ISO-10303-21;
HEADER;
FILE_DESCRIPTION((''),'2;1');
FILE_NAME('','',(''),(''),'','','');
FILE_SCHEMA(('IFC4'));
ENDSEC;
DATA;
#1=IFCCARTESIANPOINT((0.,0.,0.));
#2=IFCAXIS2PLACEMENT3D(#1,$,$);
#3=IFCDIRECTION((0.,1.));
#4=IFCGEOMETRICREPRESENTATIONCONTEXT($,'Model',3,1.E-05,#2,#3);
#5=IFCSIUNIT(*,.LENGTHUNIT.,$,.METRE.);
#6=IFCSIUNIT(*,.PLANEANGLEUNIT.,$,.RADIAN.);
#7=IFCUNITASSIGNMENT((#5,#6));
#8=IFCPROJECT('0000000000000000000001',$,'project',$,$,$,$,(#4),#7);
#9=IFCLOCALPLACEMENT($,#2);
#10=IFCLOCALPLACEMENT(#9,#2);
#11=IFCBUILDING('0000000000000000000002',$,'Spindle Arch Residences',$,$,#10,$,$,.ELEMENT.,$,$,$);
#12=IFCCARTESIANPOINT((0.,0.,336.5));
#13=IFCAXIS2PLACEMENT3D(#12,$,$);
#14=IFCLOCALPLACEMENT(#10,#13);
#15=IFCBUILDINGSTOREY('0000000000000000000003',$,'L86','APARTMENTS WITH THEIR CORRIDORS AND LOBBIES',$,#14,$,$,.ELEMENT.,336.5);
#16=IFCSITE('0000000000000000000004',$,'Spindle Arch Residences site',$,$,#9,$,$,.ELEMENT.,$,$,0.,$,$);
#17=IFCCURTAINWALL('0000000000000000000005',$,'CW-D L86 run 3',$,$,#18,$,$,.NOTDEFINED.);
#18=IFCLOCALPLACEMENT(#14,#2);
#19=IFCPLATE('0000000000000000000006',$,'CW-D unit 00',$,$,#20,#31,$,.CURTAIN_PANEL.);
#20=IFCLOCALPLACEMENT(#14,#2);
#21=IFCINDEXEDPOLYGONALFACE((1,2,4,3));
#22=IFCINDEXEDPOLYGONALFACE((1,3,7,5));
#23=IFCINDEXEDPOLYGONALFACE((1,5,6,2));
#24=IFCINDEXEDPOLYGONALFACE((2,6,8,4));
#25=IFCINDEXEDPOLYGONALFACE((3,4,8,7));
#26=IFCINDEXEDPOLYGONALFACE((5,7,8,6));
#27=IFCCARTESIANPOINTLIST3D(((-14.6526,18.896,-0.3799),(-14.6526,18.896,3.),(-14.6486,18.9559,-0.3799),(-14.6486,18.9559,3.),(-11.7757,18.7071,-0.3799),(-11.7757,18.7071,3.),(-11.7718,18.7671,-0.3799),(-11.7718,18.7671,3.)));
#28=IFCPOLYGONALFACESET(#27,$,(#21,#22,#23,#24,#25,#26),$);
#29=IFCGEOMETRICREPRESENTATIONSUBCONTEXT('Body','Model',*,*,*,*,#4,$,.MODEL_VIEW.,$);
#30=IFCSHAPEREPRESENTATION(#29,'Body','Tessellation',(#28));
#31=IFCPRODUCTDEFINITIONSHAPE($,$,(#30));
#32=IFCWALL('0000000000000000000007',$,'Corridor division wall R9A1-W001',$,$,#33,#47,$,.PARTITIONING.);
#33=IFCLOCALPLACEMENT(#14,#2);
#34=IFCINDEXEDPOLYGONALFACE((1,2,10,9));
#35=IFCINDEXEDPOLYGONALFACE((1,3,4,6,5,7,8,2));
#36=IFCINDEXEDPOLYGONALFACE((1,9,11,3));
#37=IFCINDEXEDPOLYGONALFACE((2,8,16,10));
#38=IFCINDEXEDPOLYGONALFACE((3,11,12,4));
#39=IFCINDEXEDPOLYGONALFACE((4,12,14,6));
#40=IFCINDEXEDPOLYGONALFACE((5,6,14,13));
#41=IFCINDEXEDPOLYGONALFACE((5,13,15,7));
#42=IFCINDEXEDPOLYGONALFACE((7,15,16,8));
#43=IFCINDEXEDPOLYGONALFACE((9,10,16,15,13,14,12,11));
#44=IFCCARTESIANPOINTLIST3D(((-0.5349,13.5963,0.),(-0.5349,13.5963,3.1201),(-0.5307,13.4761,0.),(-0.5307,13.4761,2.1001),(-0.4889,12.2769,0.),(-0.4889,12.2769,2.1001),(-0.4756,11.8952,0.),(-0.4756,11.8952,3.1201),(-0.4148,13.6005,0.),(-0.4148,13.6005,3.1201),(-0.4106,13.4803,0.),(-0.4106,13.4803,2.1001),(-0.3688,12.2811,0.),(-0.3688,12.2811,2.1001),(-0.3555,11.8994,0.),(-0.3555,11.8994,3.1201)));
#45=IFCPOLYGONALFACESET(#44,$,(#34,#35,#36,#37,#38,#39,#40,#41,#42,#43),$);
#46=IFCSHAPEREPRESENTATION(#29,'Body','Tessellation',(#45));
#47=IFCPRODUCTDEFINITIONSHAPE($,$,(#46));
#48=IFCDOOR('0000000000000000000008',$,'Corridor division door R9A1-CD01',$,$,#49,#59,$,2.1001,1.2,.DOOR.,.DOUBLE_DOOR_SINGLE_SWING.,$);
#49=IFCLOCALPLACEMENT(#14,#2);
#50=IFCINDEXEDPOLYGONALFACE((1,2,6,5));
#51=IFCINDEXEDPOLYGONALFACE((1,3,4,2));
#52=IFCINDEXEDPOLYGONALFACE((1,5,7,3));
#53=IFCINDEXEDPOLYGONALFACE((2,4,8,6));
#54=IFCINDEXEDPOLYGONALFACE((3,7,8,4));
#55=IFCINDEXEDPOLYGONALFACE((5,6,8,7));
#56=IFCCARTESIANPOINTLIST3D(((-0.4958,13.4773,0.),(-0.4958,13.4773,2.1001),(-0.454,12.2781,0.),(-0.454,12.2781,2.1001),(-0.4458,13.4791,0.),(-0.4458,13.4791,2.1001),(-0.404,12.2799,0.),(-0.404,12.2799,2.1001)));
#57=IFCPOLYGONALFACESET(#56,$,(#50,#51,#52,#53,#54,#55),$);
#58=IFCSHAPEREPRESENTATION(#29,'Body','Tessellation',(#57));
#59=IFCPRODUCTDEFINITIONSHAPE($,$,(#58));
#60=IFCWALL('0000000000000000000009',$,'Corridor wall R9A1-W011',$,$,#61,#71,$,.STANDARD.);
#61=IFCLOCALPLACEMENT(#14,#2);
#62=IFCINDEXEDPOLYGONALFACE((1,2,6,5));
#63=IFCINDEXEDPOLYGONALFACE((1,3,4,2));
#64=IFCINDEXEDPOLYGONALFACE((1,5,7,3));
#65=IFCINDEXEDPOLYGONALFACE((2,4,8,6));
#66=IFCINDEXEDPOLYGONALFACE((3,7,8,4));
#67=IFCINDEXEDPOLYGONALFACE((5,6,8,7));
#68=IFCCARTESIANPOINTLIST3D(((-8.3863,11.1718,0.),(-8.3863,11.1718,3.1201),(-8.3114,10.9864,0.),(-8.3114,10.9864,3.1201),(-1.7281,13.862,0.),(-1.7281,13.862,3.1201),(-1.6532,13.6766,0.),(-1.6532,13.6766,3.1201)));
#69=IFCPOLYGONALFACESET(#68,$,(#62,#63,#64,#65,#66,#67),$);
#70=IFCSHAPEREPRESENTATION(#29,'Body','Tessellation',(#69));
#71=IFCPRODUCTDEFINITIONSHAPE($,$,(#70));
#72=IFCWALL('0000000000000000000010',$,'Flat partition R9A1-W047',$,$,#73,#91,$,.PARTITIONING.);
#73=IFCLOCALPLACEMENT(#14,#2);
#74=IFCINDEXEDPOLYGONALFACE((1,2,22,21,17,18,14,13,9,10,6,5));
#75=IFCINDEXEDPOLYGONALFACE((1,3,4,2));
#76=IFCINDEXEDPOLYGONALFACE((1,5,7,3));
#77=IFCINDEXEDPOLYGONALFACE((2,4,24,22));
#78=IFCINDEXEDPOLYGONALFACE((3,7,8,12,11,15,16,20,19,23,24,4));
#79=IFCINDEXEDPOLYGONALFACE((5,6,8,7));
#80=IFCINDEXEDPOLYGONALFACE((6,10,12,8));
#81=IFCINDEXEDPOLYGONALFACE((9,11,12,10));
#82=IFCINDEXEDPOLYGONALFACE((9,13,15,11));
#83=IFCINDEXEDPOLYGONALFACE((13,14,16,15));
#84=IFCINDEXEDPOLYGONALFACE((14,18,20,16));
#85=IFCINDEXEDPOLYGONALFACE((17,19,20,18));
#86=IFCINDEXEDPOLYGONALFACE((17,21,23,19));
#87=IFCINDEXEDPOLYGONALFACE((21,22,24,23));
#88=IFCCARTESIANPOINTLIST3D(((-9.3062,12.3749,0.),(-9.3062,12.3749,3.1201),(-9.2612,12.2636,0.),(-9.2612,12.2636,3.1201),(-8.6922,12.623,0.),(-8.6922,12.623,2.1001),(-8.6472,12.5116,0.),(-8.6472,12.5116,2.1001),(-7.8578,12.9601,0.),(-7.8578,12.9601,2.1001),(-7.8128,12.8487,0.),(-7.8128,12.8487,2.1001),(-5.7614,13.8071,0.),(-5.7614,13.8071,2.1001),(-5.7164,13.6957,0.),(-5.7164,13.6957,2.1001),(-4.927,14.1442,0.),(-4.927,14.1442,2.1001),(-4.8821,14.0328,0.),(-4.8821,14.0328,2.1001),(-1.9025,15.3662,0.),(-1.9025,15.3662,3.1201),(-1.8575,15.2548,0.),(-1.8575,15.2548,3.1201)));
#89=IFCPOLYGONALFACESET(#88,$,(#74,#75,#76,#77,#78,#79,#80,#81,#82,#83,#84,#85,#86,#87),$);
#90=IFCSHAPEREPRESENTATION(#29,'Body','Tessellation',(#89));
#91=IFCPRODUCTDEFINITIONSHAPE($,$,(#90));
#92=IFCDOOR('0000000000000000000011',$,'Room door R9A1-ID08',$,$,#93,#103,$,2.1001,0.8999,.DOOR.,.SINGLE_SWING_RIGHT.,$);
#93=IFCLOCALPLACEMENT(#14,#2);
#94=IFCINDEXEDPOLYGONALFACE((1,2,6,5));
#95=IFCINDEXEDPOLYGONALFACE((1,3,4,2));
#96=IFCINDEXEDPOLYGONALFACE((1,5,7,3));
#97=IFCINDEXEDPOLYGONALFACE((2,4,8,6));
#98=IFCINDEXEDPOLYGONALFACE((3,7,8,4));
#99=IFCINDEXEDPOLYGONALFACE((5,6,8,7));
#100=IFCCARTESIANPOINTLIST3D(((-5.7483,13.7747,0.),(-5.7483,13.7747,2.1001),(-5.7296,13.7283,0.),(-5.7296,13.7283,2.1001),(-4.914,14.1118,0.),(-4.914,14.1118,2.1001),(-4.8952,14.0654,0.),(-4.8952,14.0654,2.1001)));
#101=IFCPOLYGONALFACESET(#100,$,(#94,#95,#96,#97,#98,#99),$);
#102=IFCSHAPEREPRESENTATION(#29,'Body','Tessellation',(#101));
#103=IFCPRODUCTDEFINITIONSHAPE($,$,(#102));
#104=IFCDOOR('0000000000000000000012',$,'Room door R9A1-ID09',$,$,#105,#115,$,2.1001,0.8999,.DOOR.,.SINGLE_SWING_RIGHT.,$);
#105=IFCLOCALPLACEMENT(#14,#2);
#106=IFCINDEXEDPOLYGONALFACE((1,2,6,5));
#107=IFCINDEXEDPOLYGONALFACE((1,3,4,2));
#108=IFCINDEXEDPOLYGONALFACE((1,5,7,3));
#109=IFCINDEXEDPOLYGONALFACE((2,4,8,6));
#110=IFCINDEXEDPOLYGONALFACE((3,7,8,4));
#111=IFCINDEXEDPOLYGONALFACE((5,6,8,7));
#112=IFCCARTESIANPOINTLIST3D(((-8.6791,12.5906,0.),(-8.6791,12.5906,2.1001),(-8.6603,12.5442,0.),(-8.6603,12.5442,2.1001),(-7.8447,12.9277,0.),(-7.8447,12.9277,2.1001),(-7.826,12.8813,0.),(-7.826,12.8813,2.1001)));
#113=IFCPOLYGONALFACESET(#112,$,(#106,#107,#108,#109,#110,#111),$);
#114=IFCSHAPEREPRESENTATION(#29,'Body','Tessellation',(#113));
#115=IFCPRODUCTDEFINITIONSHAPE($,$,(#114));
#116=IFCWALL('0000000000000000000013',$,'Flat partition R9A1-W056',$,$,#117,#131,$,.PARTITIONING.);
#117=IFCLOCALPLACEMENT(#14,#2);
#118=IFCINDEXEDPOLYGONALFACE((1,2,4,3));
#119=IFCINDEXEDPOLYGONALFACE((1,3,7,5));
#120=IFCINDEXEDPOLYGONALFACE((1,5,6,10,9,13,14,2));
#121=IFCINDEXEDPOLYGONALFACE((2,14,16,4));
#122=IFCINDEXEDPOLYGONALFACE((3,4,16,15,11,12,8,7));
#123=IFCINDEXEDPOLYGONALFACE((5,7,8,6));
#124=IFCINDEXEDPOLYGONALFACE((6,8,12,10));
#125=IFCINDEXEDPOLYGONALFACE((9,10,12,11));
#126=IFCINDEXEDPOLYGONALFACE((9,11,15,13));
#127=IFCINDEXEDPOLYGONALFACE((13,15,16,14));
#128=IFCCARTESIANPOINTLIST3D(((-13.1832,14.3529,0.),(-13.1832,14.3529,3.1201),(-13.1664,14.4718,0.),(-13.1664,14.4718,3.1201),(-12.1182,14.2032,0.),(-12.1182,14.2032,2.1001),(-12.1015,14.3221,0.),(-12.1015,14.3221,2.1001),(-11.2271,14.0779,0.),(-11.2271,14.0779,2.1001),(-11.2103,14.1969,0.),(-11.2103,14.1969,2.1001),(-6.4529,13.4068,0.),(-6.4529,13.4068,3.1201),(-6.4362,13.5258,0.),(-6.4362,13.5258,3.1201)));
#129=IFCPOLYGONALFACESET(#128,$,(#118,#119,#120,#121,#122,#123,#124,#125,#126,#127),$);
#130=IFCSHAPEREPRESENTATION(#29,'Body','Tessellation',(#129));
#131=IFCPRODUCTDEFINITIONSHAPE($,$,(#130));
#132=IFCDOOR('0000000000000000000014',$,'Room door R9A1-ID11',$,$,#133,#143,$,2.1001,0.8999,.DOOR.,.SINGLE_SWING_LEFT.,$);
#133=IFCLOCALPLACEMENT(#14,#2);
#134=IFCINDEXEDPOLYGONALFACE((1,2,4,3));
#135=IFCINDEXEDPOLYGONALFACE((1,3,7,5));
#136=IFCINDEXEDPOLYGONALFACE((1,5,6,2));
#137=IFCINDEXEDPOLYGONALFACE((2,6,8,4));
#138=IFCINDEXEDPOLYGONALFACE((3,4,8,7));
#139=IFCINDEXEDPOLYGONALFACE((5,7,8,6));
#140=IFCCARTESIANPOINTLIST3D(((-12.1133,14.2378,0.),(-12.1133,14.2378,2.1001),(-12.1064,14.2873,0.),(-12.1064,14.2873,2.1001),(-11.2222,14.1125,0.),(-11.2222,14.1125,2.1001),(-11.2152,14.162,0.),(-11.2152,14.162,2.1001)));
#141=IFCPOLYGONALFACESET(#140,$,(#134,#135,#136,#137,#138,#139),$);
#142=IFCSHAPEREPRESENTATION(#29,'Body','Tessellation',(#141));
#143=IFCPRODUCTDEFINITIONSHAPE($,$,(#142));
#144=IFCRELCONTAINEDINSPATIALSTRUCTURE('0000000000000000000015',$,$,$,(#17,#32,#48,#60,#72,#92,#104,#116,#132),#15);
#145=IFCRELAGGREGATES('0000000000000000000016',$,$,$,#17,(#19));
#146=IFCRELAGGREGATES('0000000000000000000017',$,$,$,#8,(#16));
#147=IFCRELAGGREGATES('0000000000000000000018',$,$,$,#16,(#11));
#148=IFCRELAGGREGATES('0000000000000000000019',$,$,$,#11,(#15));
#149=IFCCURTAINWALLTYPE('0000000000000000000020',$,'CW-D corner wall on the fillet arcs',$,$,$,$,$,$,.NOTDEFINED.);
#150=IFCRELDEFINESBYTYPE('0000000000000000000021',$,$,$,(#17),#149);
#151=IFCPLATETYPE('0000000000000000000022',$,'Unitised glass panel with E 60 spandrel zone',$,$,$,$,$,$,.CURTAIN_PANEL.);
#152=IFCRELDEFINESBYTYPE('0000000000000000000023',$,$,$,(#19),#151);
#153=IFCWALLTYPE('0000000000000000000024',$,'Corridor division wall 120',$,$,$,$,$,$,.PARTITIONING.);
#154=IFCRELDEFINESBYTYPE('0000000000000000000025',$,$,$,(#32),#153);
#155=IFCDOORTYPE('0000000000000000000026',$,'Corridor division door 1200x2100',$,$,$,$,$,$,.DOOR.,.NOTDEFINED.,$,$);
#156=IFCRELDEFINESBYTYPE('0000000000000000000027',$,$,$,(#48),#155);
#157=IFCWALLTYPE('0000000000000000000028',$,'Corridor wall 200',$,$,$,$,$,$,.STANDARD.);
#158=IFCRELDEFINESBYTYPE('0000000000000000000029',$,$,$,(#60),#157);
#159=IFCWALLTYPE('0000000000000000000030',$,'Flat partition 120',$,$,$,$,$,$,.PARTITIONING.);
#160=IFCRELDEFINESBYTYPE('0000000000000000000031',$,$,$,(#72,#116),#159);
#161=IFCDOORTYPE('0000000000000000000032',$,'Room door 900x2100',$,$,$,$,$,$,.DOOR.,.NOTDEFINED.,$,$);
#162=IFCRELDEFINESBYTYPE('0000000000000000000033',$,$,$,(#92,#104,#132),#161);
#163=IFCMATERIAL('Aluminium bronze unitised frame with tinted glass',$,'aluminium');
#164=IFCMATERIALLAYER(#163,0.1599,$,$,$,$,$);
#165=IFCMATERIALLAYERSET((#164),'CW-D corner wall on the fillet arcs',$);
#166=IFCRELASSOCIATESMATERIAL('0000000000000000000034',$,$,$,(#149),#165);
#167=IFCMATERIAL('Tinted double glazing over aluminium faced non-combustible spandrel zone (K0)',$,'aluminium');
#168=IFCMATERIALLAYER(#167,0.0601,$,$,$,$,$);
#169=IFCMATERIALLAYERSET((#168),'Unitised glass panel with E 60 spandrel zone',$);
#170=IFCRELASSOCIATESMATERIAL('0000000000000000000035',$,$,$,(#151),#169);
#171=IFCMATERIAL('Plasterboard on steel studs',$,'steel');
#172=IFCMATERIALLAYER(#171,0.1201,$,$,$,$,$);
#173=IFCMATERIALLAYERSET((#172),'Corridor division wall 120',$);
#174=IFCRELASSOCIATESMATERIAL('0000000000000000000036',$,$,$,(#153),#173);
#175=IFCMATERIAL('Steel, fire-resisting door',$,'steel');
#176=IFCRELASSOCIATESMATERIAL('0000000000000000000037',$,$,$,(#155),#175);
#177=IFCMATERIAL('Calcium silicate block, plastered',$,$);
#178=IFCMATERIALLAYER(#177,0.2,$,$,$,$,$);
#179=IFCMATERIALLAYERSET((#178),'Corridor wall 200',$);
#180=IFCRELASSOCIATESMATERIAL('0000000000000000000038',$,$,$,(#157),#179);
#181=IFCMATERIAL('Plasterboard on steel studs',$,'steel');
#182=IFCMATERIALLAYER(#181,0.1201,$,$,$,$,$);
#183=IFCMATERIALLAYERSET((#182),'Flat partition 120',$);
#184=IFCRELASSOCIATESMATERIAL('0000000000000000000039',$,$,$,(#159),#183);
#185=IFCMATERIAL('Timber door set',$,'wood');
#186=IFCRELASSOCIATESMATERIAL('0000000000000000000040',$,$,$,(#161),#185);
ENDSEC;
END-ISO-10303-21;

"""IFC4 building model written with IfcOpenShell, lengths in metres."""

from ifc_helpers import new_model, si_unit, direction, frame, frame_2d, origin, origin_2d, place, context, subcontext, project, spatial, rectangle, extrude, material, layer, layer_set, type_object, element, fill, aggregate, save


model = new_model("IFC4")

# Units and contexts
model_context = context("Model", 3, precision=1e-05, world=origin(), true_north=direction((0.0, 1.0)))
body_context = subcontext(model_context, "Body", "Model", "MODEL_VIEW")
ifc_project = project(units=[si_unit("LENGTHUNIT", "METRE"), si_unit("PLANEANGLEUNIT", "RADIAN")], contexts=[model_context])

# Site, building, storey
site_placement = place(None, origin())
site = spatial("IfcSite", under=ifc_project, at=site_placement, Name="Spindle Arch Residences site", CompositionType="ELEMENT", RefElevation=0.0)
building_placement = place(site_placement, origin())
building = spatial("IfcBuilding", under=site, at=building_placement, Name="Spindle Arch Residences", CompositionType="ELEMENT")
storey_placement = place(building_placement, frame((0.0, 0.0, 336.5)))
storey = spatial("IfcBuildingStorey", under=building, at=storey_placement, Name="L86", Description="APARTMENTS WITH THEIR CORRIDORS AND LOBBIES", CompositionType="ELEMENT", Elevation=336.5)

# Curtain wall
ifc_material_1 = material(Name="Aluminium bronze unitised frame with tinted glass", Category="aluminium")
ifc_layer_1 = layer(ifc_material_1, 0.1599)
ifc_layer_set_1 = layer_set([ifc_layer_1], Name="CW-D corner wall on the fillet arcs")
curtain_wall_type_1 = type_object("IfcCurtainWallType", Name="CW-D corner wall on the fillet arcs", PredefinedType="NOTDEFINED", material=ifc_layer_set_1)
curtain_wall_1_placement = place(storey_placement, origin())
curtain_wall_1 = element("IfcCurtainWall", 1, at=curtain_wall_1_placement, inside=storey, type_object=curtain_wall_type_1, Name="CW-D L86 run 3", PredefinedType="NOTDEFINED")

# Plate
ifc_material_2 = material(Name="Tinted double glazing over aluminium faced non-combustible spandrel zone (K0)", Category="aluminium")
ifc_layer_2 = layer(ifc_material_2, 0.0601)
ifc_layer_set_2 = layer_set([ifc_layer_2], Name="Unitised glass panel with E 60 spandrel zone")
plate_type = type_object("IfcPlateType", Name="Unitised glass panel with E 60 spandrel zone", PredefinedType="CURTAIN_PANEL", material=ifc_layer_set_2)
plate_1_placement = place(storey_placement, frame((-13.2122, 18.8315, -0.3799), z_axis=(0.0, 0.0, 1.0), x_axis=(-0.997852, 0.06551, 0.0)))
plate_1 = element("IfcPlate", 2, at=plate_1_placement, type_object=plate_type, Name="CW-D unit 00", PredefinedType="CURTAIN_PANEL", context=body_context, shape_type="SweptSolid", body=[
    extrude(rectangle(XDim=2.8831, YDim=0.0601, at=origin_2d()), origin(), (0.0, 0.0, 1.0), 3.3799),
])
aggregate(curtain_wall_1, [plate_1])

# Wall, opening, door
ifc_material_3 = material(Name="Plasterboard on steel studs", Category="steel")
ifc_layer_3 = layer(ifc_material_3, 0.1201)
ifc_layer_set_3 = layer_set([ifc_layer_3], Name="Corridor division wall 120")
wall_type_1 = type_object("IfcWallType", Name="Corridor division wall 120", PredefinedType="PARTITIONING", material=ifc_layer_set_3)
wall_1_placement = place(storey_placement, frame((-0.4749, 13.5984, 0.0), z_axis=(0.0, 0.0, 1.0), x_axis=(0.034853, -0.999392, 0.0)))
wall_1 = element("IfcWall", 3, at=wall_1_placement, inside=storey, type_object=wall_type_1, Name="Corridor division wall R9A1-W001", PredefinedType="PARTITIONING", context=body_context, shape_type="SweptSolid", body=[
    extrude(rectangle(XDim=1.7021, YDim=0.1201, at=frame_2d((0.8511, 0.0))), origin(), (0.0, 0.0, 1.0), 3.1201),
])
opening_1_placement = place(wall_1_placement, frame((0.1201, 0.0, 0.0)))
opening_1 = element("IfcOpeningElement", 4, at=opening_1_placement, cuts=wall_1, PredefinedType="OPENING", context=body_context, shape_type="SweptSolid", body=[
    extrude(rectangle(XDim=1.2, YDim=2.1001, at=frame_2d((0.6001, 1.05))), frame((0.0, 0.0701, 0.0), z_axis=(0.0, -1.0, 0.0), x_axis=(1.0, 0.0, 0.0)), (0.0, 0.0, 1.0), 0.1401),
])
ifc_material_4 = material(Name="Steel, fire-resisting door", Category="steel")
door_type_1 = type_object("IfcDoorType", Name="Corridor division door 1200x2100", OperationType="NOTDEFINED", PredefinedType="DOOR", material=ifc_material_4)
door_1_placement = place(opening_1_placement, origin())
door_1 = element("IfcDoor", 5, at=door_1_placement, inside=storey, type_object=door_type_1, Name="Corridor division door R9A1-CD01", OperationType="DOUBLE_DOOR_SINGLE_SWING", OverallHeight=2.1001, OverallWidth=1.2, PredefinedType="DOOR", context=body_context, shape_type="SweptSolid", body=[
    extrude(rectangle(XDim=1.2, YDim=2.1001, at=frame_2d((0.6001, 1.05))), frame((0.0, 0.0249, 0.0), z_axis=(0.0, -1.0, 0.0), x_axis=(1.0, 0.0, 0.0)), (0.0, 0.0, 1.0), 0.05),
])
fill(opening_1, door_1)

# Wall
ifc_material_5 = material(Name="Calcium silicate block, plastered")
ifc_layer_4 = layer(ifc_material_5, 0.2)
ifc_layer_set_4 = layer_set([ifc_layer_4], Name="Corridor wall 200")
wall_type_2 = type_object("IfcWallType", Name="Corridor wall 200", PredefinedType="STANDARD", material=ifc_layer_set_4)
wall_2_placement = place(storey_placement, frame((-1.6907, 13.7693, 0.0), z_axis=(0.0, 0.0, 1.0), x_axis=(-0.927179, -0.374618, 0.0)))
element("IfcWall", 6, at=wall_2_placement, inside=storey, type_object=wall_type_2, Name="Corridor wall R9A1-W011", PredefinedType="STANDARD", context=body_context, shape_type="SweptSolid", body=[
    extrude(rectangle(XDim=7.1812, YDim=0.2, at=frame_2d((3.5906, 0.0))), origin(), (0.0, 0.0, 1.0), 3.1201),
])

# Wall, openings, doors
ifc_material_6 = material(Name="Plasterboard on steel studs", Category="steel")
ifc_layer_5 = layer(ifc_material_6, 0.1201)
ifc_layer_set_5 = layer_set([ifc_layer_5], Name="Flat partition 120")
wall_type_3 = type_object("IfcWallType", Name="Flat partition 120", PredefinedType="PARTITIONING", material=ifc_layer_set_5)
wall_3_placement = place(storey_placement, frame((-1.8799, 15.3105, 0.0), z_axis=(0.0, 0.0, 1.0), x_axis=(-0.927185, -0.374604, 0.0)))
wall_3 = element("IfcWall", 7, at=wall_3_placement, inside=storey, type_object=wall_type_3, Name="Flat partition R9A1-W047", PredefinedType="PARTITIONING", context=body_context, shape_type="SweptSolid", body=[
    extrude(rectangle(XDim=7.9851, YDim=0.1201, at=frame_2d((3.9927, 0.0))), origin(), (0.0, 0.0, 1.0), 3.1201),
])
opening_2_placement = place(wall_3_placement, frame((3.2622, 0.0, 0.0)))
opening_2 = element("IfcOpeningElement", 8, at=opening_2_placement, cuts=wall_3, PredefinedType="OPENING", context=body_context, shape_type="SweptSolid", body=[
    extrude(rectangle(XDim=0.8999, YDim=2.1001, at=frame_2d((0.45, 1.05))), frame((0.0, 0.0701, 0.0), z_axis=(0.0, -1.0, 0.0), x_axis=(1.0, 0.0, 0.0)), (0.0, 0.0, 1.0), 0.1401),
])
opening_3_placement = place(wall_3_placement, frame((6.4231, 0.0, 0.0)))
opening_3 = element("IfcOpeningElement", 9, at=opening_3_placement, cuts=wall_3, PredefinedType="OPENING", context=body_context, shape_type="SweptSolid", body=[
    extrude(rectangle(XDim=0.8999, YDim=2.1001, at=frame_2d((0.45, 1.05))), frame((0.0, 0.0701, 0.0), z_axis=(0.0, -1.0, 0.0), x_axis=(1.0, 0.0, 0.0)), (0.0, 0.0, 1.0), 0.1401),
])
ifc_material_7 = material(Name="Timber door set", Category="wood")
door_type_2 = type_object("IfcDoorType", Name="Room door 900x2100", OperationType="NOTDEFINED", PredefinedType="DOOR", material=ifc_material_7)
door_2_placement = place(opening_2_placement, origin())
door_2 = element("IfcDoor", 10, at=door_2_placement, inside=storey, type_object=door_type_2, Name="Room door R9A1-ID08", OperationType="SINGLE_SWING_RIGHT", OverallHeight=2.1001, OverallWidth=0.8999, PredefinedType="DOOR", context=body_context, shape_type="SweptSolid", body=[
    extrude(rectangle(XDim=0.8999, YDim=2.1001, at=frame_2d((0.45, 1.05))), frame((0.0, 0.0249, 0.0), z_axis=(0.0, -1.0, 0.0), x_axis=(1.0, 0.0, 0.0)), (0.0, 0.0, 1.0), 0.05),
])
fill(opening_2, door_2)
door_3_placement = place(opening_3_placement, origin())
door_3 = element("IfcDoor", 11, at=door_3_placement, inside=storey, type_object=door_type_2, Name="Room door R9A1-ID09", OperationType="SINGLE_SWING_RIGHT", OverallHeight=2.1001, OverallWidth=0.8999, PredefinedType="DOOR", context=body_context, shape_type="SweptSolid", body=[
    extrude(rectangle(XDim=0.8999, YDim=2.1001, at=frame_2d((0.45, 1.05))), frame((0.0, 0.0249, 0.0), z_axis=(0.0, -1.0, 0.0), x_axis=(1.0, 0.0, 0.0)), (0.0, 0.0, 1.0), 0.05),
])
fill(opening_3, door_3)

# Wall, opening, door
wall_4_placement = place(storey_placement, frame((-13.1748, 14.4124, 0.0), z_axis=(0.0, 0.0, 1.0), x_axis=(0.990265, -0.139198, 0.0)))
wall_4 = element("IfcWall", 12, at=wall_4_placement, inside=storey, type_object=wall_type_3, Name="Flat partition R9A1-W056", PredefinedType="PARTITIONING", context=body_context, shape_type="SweptSolid", body=[
    extrude(rectangle(XDim=6.7964, YDim=0.1201, at=frame_2d((3.3982, 0.0))), origin(), (0.0, 0.0, 1.0), 3.1201),
])
opening_4_placement = place(wall_4_placement, frame((1.0754, 0.0, 0.0)))
opening_4 = element("IfcOpeningElement", 13, at=opening_4_placement, cuts=wall_4, PredefinedType="OPENING", context=body_context, shape_type="SweptSolid", body=[
    extrude(rectangle(XDim=0.8999, YDim=2.1001, at=frame_2d((0.45, 1.05))), frame((0.0, 0.0701, 0.0), z_axis=(0.0, -1.0, 0.0), x_axis=(1.0, 0.0, 0.0)), (0.0, 0.0, 1.0), 0.1401),
])
door_4_placement = place(opening_4_placement, origin())
door_4 = element("IfcDoor", 14, at=door_4_placement, inside=storey, type_object=door_type_2, Name="Room door R9A1-ID11", OperationType="SINGLE_SWING_LEFT", OverallHeight=2.1001, OverallWidth=0.8999, PredefinedType="DOOR", context=body_context, shape_type="SweptSolid", body=[
    extrude(rectangle(XDim=0.8999, YDim=2.1001, at=frame_2d((0.45, 1.05))), frame((0.0, 0.0249, 0.0), z_axis=(0.0, -1.0, 0.0), x_axis=(1.0, 0.0, 0.0)), (0.0, 0.0, 1.0), 0.05),
])
fill(opening_4, door_4)

save(model, "model.ifc")
